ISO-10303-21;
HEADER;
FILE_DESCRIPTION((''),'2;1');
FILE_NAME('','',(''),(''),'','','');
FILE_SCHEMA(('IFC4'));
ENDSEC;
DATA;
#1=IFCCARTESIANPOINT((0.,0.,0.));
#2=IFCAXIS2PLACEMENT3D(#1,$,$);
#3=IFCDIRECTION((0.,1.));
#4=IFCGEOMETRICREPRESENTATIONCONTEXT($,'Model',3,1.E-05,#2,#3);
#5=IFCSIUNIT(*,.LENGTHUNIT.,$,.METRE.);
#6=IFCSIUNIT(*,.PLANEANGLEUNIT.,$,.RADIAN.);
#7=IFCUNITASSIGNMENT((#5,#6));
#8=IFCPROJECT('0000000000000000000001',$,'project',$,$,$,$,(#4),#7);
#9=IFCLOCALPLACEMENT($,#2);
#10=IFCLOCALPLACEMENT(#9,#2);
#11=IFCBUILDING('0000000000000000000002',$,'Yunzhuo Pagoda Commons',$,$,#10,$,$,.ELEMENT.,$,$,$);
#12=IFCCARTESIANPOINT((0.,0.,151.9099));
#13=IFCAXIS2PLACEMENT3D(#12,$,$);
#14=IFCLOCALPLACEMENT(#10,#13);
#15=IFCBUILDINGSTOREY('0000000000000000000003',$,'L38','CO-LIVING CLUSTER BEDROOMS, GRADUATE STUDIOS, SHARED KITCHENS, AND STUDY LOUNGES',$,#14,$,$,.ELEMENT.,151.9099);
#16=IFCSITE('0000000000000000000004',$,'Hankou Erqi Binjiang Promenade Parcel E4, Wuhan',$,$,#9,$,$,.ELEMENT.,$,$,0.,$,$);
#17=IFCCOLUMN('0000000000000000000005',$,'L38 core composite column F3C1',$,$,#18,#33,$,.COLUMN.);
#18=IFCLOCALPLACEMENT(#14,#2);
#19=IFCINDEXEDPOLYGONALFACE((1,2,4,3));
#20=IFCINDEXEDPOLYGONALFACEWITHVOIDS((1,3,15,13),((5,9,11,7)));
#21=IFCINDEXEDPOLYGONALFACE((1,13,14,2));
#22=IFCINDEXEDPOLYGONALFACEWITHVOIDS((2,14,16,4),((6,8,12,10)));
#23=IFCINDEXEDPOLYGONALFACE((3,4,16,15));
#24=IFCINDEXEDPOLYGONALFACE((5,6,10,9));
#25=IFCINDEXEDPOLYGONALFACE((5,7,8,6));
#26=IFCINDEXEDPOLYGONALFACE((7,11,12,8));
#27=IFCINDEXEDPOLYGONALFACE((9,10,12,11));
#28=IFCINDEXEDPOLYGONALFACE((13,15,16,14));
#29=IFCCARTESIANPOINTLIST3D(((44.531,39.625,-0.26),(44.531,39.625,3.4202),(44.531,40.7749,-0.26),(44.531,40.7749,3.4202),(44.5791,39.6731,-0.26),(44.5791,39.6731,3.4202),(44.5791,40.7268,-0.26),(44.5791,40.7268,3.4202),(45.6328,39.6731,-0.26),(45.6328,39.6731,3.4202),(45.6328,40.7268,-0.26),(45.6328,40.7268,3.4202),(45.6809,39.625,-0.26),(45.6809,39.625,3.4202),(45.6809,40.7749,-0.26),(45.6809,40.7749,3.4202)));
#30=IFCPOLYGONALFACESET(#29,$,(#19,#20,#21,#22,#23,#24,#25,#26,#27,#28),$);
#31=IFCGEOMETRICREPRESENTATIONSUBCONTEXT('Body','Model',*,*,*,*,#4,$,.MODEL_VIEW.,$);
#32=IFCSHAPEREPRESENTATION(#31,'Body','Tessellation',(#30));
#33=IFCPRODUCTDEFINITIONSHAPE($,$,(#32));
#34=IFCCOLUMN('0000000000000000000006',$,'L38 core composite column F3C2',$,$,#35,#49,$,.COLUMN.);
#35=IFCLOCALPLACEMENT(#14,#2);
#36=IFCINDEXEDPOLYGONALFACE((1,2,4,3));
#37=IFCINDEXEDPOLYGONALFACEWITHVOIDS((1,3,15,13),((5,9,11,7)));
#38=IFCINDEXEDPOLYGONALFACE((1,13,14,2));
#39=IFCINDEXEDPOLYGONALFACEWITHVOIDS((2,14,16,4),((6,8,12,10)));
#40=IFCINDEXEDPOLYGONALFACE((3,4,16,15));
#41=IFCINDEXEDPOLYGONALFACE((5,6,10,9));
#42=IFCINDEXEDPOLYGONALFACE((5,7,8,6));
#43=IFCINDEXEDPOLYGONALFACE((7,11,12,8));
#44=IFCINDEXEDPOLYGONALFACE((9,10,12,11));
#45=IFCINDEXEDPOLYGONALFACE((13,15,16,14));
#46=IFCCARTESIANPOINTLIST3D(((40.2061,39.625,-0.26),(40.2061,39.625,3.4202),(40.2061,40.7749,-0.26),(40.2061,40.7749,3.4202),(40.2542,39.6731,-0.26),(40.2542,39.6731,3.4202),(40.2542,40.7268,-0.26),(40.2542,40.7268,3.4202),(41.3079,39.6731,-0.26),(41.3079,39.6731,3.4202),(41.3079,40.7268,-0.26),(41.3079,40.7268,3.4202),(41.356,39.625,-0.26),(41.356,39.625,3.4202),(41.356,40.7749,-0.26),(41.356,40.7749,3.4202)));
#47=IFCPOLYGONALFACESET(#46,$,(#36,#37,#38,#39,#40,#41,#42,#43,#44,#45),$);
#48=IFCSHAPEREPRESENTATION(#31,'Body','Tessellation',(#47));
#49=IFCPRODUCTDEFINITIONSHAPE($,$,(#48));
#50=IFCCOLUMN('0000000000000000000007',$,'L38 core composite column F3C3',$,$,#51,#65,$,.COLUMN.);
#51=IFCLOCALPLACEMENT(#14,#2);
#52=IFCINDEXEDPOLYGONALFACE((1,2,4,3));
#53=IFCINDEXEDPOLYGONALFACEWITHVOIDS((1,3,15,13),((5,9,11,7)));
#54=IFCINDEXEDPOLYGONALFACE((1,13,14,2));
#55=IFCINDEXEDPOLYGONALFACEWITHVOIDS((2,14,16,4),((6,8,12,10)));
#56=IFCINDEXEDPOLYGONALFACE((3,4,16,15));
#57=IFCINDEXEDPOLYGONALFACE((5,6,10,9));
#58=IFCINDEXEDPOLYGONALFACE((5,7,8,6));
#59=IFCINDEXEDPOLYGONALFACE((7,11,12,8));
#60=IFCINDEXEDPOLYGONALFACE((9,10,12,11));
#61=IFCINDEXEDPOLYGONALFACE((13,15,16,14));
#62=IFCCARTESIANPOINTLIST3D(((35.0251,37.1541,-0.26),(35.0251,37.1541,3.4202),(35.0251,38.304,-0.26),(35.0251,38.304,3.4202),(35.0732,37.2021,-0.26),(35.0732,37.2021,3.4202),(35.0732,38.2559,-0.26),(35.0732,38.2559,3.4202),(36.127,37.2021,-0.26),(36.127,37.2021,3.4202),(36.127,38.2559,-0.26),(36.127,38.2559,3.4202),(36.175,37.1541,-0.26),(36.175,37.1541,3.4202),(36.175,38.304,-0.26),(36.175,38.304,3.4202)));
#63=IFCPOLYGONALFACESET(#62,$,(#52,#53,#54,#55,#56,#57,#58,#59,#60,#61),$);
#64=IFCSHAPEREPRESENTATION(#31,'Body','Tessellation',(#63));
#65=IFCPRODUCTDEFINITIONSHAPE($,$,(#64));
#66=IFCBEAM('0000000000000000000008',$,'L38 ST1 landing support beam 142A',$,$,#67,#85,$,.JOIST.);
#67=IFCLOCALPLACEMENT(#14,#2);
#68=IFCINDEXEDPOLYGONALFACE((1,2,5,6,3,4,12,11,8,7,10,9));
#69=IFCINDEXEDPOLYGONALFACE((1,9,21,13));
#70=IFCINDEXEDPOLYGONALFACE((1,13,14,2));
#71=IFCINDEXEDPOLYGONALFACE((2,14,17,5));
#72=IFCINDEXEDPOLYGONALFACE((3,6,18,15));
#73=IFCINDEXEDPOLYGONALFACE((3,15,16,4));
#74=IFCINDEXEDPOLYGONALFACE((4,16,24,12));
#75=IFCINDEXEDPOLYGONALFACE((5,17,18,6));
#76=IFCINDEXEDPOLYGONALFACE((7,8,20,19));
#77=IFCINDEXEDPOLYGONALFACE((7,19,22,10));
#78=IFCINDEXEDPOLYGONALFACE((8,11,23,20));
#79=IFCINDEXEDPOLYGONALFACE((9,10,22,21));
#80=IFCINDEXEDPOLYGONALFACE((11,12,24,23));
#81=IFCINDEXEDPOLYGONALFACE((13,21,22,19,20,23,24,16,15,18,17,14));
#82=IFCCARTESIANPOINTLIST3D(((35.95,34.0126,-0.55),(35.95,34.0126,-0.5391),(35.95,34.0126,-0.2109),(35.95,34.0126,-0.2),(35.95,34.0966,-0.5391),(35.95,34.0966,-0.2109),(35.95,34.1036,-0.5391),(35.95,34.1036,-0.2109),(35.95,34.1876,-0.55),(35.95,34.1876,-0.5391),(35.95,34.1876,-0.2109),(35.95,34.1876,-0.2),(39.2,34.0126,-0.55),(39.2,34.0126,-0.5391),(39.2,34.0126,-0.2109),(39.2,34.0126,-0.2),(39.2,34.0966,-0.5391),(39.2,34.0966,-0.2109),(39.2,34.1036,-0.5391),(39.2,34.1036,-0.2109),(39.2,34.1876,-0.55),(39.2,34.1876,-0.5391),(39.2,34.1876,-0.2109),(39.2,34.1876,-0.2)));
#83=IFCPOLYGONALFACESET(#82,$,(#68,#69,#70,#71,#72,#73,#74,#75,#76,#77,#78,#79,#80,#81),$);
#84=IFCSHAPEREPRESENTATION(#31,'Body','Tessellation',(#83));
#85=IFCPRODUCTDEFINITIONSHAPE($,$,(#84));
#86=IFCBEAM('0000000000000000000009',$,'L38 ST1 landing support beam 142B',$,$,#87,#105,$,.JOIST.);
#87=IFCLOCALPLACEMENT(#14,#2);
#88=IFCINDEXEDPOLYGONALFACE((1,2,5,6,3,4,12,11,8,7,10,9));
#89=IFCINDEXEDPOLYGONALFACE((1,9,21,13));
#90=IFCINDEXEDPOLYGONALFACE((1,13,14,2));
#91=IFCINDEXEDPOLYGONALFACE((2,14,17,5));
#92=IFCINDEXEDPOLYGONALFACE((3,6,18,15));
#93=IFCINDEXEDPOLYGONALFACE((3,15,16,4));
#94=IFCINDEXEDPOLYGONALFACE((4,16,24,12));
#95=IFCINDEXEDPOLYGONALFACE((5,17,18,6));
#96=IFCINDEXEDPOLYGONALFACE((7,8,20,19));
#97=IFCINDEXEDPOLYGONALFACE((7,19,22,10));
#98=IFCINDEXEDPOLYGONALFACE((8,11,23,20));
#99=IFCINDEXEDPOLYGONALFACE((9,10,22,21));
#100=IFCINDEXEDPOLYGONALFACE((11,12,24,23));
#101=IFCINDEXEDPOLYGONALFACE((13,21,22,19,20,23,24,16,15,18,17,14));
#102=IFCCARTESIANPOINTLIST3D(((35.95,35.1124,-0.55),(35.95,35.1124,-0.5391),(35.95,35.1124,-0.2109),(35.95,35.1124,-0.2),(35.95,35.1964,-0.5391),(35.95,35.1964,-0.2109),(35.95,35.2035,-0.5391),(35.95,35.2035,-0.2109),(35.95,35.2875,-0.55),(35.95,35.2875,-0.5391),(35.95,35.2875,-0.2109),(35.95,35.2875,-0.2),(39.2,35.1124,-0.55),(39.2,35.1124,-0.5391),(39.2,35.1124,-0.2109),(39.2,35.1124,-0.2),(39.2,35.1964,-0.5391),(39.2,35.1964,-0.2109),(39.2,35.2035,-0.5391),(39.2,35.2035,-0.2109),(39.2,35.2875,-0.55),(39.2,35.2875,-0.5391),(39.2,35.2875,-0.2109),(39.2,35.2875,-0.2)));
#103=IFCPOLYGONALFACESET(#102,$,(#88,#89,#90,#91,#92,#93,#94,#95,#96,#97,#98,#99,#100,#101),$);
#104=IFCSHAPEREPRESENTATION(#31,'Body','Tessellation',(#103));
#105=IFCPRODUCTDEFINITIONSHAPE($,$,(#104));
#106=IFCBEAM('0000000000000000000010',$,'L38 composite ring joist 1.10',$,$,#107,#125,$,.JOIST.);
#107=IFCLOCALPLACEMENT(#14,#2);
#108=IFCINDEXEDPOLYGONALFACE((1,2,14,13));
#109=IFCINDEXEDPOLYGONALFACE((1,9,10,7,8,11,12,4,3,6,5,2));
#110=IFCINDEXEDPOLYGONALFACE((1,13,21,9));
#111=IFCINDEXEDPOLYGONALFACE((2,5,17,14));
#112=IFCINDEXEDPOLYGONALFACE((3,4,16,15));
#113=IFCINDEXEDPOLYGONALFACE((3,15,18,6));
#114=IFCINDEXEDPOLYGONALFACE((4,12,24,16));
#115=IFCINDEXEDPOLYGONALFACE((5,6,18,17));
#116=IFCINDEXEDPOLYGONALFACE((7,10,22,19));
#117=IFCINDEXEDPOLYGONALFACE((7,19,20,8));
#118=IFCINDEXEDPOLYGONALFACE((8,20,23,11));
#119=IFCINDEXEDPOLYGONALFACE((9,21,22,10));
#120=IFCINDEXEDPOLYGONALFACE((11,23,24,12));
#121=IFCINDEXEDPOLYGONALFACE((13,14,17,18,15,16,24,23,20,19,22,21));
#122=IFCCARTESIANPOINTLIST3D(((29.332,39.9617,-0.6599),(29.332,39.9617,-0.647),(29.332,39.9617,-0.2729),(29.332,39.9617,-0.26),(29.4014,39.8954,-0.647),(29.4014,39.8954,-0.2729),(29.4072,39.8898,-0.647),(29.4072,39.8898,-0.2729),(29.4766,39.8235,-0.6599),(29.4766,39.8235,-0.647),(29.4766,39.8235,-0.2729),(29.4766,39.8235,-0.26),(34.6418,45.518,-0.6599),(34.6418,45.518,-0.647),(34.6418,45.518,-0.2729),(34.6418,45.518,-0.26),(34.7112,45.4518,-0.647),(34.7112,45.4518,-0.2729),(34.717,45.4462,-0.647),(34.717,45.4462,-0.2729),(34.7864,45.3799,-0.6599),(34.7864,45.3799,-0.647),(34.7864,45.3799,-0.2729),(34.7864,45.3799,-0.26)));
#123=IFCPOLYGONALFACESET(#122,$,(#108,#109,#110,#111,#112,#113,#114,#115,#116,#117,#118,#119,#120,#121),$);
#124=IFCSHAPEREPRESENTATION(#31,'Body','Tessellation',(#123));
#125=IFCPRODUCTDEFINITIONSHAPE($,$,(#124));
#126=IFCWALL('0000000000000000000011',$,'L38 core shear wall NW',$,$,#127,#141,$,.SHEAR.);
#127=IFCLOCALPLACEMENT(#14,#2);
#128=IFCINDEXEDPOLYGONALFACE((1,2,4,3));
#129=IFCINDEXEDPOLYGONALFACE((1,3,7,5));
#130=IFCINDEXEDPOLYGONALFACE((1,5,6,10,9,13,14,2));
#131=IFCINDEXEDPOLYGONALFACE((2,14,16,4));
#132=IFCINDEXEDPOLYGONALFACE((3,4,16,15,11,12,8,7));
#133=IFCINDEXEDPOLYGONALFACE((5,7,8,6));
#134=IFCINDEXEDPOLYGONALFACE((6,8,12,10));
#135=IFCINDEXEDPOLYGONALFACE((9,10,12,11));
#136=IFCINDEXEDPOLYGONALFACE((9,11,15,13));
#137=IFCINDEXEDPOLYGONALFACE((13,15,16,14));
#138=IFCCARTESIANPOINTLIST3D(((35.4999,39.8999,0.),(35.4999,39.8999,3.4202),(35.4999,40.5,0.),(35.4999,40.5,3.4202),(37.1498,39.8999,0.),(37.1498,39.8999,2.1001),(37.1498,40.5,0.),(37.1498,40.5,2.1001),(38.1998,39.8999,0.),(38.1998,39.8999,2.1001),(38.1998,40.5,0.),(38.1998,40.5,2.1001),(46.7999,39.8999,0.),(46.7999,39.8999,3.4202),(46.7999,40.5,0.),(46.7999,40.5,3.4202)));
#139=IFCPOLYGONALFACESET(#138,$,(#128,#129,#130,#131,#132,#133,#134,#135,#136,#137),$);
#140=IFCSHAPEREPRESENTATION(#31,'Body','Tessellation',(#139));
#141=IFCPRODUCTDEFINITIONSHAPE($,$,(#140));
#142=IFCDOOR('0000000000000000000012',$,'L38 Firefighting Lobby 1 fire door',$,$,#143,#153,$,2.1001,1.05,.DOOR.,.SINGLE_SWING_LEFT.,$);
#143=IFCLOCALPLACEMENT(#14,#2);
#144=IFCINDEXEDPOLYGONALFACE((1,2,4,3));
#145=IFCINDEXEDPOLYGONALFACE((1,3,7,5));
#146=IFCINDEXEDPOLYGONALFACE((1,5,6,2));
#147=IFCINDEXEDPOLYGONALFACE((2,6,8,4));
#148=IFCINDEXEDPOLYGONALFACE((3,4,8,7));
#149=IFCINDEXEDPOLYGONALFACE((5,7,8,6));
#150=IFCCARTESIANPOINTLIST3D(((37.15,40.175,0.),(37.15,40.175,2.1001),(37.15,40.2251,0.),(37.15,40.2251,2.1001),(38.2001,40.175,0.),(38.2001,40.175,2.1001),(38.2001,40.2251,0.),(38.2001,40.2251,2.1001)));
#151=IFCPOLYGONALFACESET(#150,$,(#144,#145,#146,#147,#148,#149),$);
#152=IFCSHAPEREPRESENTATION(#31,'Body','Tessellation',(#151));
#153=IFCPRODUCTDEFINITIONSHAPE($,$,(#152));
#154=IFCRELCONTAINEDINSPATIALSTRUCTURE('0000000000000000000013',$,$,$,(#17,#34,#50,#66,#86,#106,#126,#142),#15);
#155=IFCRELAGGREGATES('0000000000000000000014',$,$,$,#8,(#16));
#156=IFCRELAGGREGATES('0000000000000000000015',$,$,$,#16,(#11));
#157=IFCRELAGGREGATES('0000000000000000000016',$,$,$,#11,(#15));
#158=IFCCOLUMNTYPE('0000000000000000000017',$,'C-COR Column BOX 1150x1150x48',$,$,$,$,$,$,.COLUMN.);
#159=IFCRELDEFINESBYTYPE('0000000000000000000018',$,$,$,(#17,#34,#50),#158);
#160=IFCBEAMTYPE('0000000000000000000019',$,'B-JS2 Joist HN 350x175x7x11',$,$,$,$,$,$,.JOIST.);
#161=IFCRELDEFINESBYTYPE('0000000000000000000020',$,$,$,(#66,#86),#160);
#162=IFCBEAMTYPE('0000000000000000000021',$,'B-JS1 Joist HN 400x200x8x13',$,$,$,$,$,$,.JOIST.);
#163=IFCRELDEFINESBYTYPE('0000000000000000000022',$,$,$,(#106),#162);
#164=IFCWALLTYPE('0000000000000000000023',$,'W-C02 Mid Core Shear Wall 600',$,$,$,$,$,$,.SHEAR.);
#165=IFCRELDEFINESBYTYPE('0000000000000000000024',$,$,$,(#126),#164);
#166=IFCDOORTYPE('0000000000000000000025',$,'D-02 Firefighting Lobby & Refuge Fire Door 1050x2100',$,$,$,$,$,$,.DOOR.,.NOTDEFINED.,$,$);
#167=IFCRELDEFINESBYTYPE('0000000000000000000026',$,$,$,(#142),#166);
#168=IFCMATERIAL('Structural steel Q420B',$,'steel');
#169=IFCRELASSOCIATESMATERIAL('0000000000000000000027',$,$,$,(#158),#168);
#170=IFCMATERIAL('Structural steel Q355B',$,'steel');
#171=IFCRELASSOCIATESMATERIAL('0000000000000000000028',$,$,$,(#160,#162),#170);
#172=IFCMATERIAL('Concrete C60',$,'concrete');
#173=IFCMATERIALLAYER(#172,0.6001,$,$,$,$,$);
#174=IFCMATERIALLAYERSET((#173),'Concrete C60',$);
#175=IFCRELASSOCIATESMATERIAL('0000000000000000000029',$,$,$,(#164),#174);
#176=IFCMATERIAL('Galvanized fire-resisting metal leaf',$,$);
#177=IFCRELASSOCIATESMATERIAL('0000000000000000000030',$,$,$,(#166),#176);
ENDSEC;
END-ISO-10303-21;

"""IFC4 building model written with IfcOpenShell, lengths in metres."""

from ifc_helpers import new_model, si_unit, direction, frame, frame_2d, origin, origin_2d, place, context, subcontext, project, spatial, rectangle, hollow_rectangle, i_section, extrude, source, transform, mapped, material, layer, layer_set, material_profile, profile_set, type_object, element, fill, save


model = new_model("IFC4")

# Units and contexts
model_context = context("Model", 3, precision=1e-05, world=origin(), true_north=direction((0.0, 1.0)))
body_context = subcontext(model_context, "Body", "Model", "MODEL_VIEW")
ifc_project = project(units=[si_unit("LENGTHUNIT", "METRE"), si_unit("PLANEANGLEUNIT", "RADIAN")], contexts=[model_context])

# Site, building, storey
site_placement = place(None, origin())
site = spatial("IfcSite", under=ifc_project, at=site_placement, Name="Hankou Erqi Binjiang Promenade Parcel E4, Wuhan", CompositionType="ELEMENT", RefElevation=0.0)
building_placement = place(site_placement, origin())
building = spatial("IfcBuilding", under=site, at=building_placement, Name="Yunzhuo Pagoda Commons", CompositionType="ELEMENT")
storey_placement = place(building_placement, frame((0.0, 0.0, 151.9099)))
storey = spatial("IfcBuildingStorey", under=building, at=storey_placement, Name="L38", Description="CO-LIVING CLUSTER BEDROOMS, GRADUATE STUDIOS, SHARED KITCHENS, AND STUDY LOUNGES", CompositionType="ELEMENT", Elevation=151.9099)

# Columns
ifc_material_1 = material(Name="Structural steel Q420B", Category="steel")
ifc_material_profile_1 = material_profile(ifc_material_1, hollow_rectangle(XDim=1.1499, YDim=1.1499, WallThickness=0.0481, at=origin_2d()), Name="Structural steel Q420B")
ifc_profile_set_1 = profile_set([ifc_material_profile_1], Name="Structural steel Q420B")
column_type = type_object("IfcColumnType", Name="C-COR Column BOX 1150x1150x48", PredefinedType="COLUMN", material=ifc_profile_set_1)
shared_shape_1 = source(origin(), body_context, "Body", "SweptSolid", [
    extrude(hollow_rectangle(XDim=1.1499, YDim=1.1499, WallThickness=0.0481, at=origin_2d()), origin(), (0.0, 0.0, 1.0), 3.6802),
])
for number, where, z_axis, x_axis, name in (
    (1, (45.106, 40.2, -0.26), (0.0, 0.0, 1.0), (1.0, 0.0, 0.0), "L38 core composite column F3C1"),
    (2, (40.781, 40.2, -0.26), (0.0, 0.0, 1.0), (1.0, 0.0, 0.0), "L38 core composite column F3C2"),
    (3, (35.6001, 37.729, -0.26), (0.0, 0.0, 1.0), (1.0, 0.0, 0.0), "L38 core composite column F3C3"),
):
    element("IfcColumn", number, at=place(storey_placement, frame(where, z_axis=z_axis, x_axis=x_axis)), inside=storey, type_object=column_type, Name=name, PredefinedType="COLUMN", context=body_context, shape_type="MappedRepresentation", body=[
        mapped(shared_shape_1, transform((0.0, 0.0, 0.0), scale=1.0)),
    ])

# Beams
ifc_material_2 = material(Name="Structural steel Q355B", Category="steel")
ifc_material_profile_2 = material_profile(ifc_material_2, i_section(OverallWidth=0.175, OverallDepth=0.3501, WebThickness=0.0071, FlangeThickness=0.011, at=origin_2d()), Name="Structural steel Q355B")
ifc_profile_set_2 = profile_set([ifc_material_profile_2], Name="Structural steel Q355B")
beam_type_1 = type_object("IfcBeamType", Name="B-JS2 Joist HN 350x175x7x11", PredefinedType="JOIST", material=ifc_profile_set_2)
shared_shape_2 = source(origin(), body_context, "Body", "SweptSolid", [
    extrude(i_section(OverallWidth=0.175, OverallDepth=0.3501, WebThickness=0.0071, FlangeThickness=0.011, at=origin_2d()), origin(), (0.0, 0.0, 1.0), 3.25),
])
for number, where, z_axis, x_axis, name in (
    (4, (35.95, 34.1001, -0.375), (1.0, 0.0, 0.0), (0.0, 1.0, 0.0), "L38 ST1 landing support beam 142A"),
    (5, (35.95, 35.2, -0.375), (1.0, 0.0, 0.0), (0.0, 1.0, 0.0), "L38 ST1 landing support beam 142B"),
):
    element("IfcBeam", number, at=place(storey_placement, frame(where, z_axis=z_axis, x_axis=x_axis)), inside=storey, type_object=beam_type_1, Name=name, PredefinedType="JOIST", context=body_context, shape_type="MappedRepresentation", body=[
        mapped(shared_shape_2, transform((0.0, 0.0, 0.0), scale=1.0)),
    ])
ifc_material_profile_3 = material_profile(ifc_material_2, i_section(OverallWidth=0.2, OverallDepth=0.3999, WebThickness=0.0081, FlangeThickness=0.0129, at=origin_2d()), Name="Structural steel Q355B")
ifc_profile_set_3 = profile_set([ifc_material_profile_3], Name="Structural steel Q355B")
beam_type_2 = type_object("IfcBeamType", Name="B-JS1 Joist HN 400x200x8x13", PredefinedType="JOIST", material=ifc_profile_set_3)
shared_shape_3 = source(origin(), body_context, "Body", "SweptSolid", [
    extrude(i_section(OverallWidth=0.2, OverallDepth=0.3999, WebThickness=0.0081, FlangeThickness=0.0129, at=origin_2d()), origin(), (0.0, 0.0, 1.0), 7.6855),
])
beam_placement = place(storey_placement, frame((34.7141, 45.449, -0.46), z_axis=(-0.690883, -0.722967, 0.0), x_axis=(0.722967, -0.690883, 0.0)))
element("IfcBeam", 6, at=beam_placement, inside=storey, type_object=beam_type_2, Name="L38 composite ring joist 1.10", PredefinedType="JOIST", context=body_context, shape_type="MappedRepresentation", body=[
    mapped(shared_shape_3, transform((0.0, 0.0, 0.0), scale=1.0)),
])

# Wall, opening, door
ifc_material_3 = material(Name="Concrete C60", Category="concrete")
ifc_layer_1 = layer(ifc_material_3, 0.6001)
ifc_layer_set_1 = layer_set([ifc_layer_1], Name="Concrete C60")
wall_type_1 = type_object("IfcWallType", Name="W-C02 Mid Core Shear Wall 600", PredefinedType="SHEAR", material=ifc_layer_set_1)
wall_1_placement = place(storey_placement, frame((35.5, 40.2, 0.0), z_axis=(0.0, 0.0, 1.0), x_axis=(1.0, 0.0, 0.0)))
wall_1 = element("IfcWall", 7, at=wall_1_placement, inside=storey, type_object=wall_type_1, Name="L38 core shear wall NW", PredefinedType="SHEAR", context=body_context, shape_type="SweptSolid", body=[
    extrude(rectangle(XDim=11.3, YDim=0.6001, at=frame_2d((5.6499, 0.0))), origin(), (0.0, 0.0, 1.0), 3.4202),
])
opening_1_placement = place(wall_1_placement, frame((1.6499, 0.0, 0.0)))
opening_1 = element("IfcOpeningElement", 8, at=opening_1_placement, cuts=wall_1, PredefinedType="OPENING", context=body_context, shape_type="SweptSolid", body=[
    extrude(rectangle(XDim=1.05, YDim=2.1001, at=frame_2d((0.5249, 1.05))), frame((0.0, 0.3101, 0.0), z_axis=(0.0, -1.0, 0.0), x_axis=(1.0, 0.0, 0.0)), (0.0, 0.0, 1.0), 0.6201),
])
ifc_material_4 = material(Name="Galvanized fire-resisting metal leaf")
door_type_1 = type_object("IfcDoorType", Name="D-02 Firefighting Lobby & Refuge Fire Door 1050x2100", OperationType="NOTDEFINED", PredefinedType="DOOR", material=ifc_material_4)
shared_shape_4 = source(origin(), body_context, "Body", "SweptSolid", [
    extrude(rectangle(XDim=1.05, YDim=2.1001, at=frame_2d((0.5249, 1.05))), frame((0.0, 0.0249, 0.0), z_axis=(0.0, -1.0, 0.0), x_axis=(1.0, 0.0, 0.0)), (0.0, 0.0, 1.0), 0.05),
])
door_1_placement = place(opening_1_placement, frame((1.05, 0.0, 0.0), z_axis=(0.0, 0.0, 1.0), x_axis=(-1.0, 0.0, 0.0)))
door_1 = element("IfcDoor", 9, at=door_1_placement, inside=storey, type_object=door_type_1, Name="L38 Firefighting Lobby 1 fire door", OperationType="SINGLE_SWING_LEFT", OverallHeight=2.1001, OverallWidth=1.05, PredefinedType="DOOR", context=body_context, shape_type="MappedRepresentation", body=[
    mapped(shared_shape_4, transform((0.0, 0.0, 0.0), scale=1.0)),
])
fill(opening_1, door_1)

save(model, "model.ifc")
